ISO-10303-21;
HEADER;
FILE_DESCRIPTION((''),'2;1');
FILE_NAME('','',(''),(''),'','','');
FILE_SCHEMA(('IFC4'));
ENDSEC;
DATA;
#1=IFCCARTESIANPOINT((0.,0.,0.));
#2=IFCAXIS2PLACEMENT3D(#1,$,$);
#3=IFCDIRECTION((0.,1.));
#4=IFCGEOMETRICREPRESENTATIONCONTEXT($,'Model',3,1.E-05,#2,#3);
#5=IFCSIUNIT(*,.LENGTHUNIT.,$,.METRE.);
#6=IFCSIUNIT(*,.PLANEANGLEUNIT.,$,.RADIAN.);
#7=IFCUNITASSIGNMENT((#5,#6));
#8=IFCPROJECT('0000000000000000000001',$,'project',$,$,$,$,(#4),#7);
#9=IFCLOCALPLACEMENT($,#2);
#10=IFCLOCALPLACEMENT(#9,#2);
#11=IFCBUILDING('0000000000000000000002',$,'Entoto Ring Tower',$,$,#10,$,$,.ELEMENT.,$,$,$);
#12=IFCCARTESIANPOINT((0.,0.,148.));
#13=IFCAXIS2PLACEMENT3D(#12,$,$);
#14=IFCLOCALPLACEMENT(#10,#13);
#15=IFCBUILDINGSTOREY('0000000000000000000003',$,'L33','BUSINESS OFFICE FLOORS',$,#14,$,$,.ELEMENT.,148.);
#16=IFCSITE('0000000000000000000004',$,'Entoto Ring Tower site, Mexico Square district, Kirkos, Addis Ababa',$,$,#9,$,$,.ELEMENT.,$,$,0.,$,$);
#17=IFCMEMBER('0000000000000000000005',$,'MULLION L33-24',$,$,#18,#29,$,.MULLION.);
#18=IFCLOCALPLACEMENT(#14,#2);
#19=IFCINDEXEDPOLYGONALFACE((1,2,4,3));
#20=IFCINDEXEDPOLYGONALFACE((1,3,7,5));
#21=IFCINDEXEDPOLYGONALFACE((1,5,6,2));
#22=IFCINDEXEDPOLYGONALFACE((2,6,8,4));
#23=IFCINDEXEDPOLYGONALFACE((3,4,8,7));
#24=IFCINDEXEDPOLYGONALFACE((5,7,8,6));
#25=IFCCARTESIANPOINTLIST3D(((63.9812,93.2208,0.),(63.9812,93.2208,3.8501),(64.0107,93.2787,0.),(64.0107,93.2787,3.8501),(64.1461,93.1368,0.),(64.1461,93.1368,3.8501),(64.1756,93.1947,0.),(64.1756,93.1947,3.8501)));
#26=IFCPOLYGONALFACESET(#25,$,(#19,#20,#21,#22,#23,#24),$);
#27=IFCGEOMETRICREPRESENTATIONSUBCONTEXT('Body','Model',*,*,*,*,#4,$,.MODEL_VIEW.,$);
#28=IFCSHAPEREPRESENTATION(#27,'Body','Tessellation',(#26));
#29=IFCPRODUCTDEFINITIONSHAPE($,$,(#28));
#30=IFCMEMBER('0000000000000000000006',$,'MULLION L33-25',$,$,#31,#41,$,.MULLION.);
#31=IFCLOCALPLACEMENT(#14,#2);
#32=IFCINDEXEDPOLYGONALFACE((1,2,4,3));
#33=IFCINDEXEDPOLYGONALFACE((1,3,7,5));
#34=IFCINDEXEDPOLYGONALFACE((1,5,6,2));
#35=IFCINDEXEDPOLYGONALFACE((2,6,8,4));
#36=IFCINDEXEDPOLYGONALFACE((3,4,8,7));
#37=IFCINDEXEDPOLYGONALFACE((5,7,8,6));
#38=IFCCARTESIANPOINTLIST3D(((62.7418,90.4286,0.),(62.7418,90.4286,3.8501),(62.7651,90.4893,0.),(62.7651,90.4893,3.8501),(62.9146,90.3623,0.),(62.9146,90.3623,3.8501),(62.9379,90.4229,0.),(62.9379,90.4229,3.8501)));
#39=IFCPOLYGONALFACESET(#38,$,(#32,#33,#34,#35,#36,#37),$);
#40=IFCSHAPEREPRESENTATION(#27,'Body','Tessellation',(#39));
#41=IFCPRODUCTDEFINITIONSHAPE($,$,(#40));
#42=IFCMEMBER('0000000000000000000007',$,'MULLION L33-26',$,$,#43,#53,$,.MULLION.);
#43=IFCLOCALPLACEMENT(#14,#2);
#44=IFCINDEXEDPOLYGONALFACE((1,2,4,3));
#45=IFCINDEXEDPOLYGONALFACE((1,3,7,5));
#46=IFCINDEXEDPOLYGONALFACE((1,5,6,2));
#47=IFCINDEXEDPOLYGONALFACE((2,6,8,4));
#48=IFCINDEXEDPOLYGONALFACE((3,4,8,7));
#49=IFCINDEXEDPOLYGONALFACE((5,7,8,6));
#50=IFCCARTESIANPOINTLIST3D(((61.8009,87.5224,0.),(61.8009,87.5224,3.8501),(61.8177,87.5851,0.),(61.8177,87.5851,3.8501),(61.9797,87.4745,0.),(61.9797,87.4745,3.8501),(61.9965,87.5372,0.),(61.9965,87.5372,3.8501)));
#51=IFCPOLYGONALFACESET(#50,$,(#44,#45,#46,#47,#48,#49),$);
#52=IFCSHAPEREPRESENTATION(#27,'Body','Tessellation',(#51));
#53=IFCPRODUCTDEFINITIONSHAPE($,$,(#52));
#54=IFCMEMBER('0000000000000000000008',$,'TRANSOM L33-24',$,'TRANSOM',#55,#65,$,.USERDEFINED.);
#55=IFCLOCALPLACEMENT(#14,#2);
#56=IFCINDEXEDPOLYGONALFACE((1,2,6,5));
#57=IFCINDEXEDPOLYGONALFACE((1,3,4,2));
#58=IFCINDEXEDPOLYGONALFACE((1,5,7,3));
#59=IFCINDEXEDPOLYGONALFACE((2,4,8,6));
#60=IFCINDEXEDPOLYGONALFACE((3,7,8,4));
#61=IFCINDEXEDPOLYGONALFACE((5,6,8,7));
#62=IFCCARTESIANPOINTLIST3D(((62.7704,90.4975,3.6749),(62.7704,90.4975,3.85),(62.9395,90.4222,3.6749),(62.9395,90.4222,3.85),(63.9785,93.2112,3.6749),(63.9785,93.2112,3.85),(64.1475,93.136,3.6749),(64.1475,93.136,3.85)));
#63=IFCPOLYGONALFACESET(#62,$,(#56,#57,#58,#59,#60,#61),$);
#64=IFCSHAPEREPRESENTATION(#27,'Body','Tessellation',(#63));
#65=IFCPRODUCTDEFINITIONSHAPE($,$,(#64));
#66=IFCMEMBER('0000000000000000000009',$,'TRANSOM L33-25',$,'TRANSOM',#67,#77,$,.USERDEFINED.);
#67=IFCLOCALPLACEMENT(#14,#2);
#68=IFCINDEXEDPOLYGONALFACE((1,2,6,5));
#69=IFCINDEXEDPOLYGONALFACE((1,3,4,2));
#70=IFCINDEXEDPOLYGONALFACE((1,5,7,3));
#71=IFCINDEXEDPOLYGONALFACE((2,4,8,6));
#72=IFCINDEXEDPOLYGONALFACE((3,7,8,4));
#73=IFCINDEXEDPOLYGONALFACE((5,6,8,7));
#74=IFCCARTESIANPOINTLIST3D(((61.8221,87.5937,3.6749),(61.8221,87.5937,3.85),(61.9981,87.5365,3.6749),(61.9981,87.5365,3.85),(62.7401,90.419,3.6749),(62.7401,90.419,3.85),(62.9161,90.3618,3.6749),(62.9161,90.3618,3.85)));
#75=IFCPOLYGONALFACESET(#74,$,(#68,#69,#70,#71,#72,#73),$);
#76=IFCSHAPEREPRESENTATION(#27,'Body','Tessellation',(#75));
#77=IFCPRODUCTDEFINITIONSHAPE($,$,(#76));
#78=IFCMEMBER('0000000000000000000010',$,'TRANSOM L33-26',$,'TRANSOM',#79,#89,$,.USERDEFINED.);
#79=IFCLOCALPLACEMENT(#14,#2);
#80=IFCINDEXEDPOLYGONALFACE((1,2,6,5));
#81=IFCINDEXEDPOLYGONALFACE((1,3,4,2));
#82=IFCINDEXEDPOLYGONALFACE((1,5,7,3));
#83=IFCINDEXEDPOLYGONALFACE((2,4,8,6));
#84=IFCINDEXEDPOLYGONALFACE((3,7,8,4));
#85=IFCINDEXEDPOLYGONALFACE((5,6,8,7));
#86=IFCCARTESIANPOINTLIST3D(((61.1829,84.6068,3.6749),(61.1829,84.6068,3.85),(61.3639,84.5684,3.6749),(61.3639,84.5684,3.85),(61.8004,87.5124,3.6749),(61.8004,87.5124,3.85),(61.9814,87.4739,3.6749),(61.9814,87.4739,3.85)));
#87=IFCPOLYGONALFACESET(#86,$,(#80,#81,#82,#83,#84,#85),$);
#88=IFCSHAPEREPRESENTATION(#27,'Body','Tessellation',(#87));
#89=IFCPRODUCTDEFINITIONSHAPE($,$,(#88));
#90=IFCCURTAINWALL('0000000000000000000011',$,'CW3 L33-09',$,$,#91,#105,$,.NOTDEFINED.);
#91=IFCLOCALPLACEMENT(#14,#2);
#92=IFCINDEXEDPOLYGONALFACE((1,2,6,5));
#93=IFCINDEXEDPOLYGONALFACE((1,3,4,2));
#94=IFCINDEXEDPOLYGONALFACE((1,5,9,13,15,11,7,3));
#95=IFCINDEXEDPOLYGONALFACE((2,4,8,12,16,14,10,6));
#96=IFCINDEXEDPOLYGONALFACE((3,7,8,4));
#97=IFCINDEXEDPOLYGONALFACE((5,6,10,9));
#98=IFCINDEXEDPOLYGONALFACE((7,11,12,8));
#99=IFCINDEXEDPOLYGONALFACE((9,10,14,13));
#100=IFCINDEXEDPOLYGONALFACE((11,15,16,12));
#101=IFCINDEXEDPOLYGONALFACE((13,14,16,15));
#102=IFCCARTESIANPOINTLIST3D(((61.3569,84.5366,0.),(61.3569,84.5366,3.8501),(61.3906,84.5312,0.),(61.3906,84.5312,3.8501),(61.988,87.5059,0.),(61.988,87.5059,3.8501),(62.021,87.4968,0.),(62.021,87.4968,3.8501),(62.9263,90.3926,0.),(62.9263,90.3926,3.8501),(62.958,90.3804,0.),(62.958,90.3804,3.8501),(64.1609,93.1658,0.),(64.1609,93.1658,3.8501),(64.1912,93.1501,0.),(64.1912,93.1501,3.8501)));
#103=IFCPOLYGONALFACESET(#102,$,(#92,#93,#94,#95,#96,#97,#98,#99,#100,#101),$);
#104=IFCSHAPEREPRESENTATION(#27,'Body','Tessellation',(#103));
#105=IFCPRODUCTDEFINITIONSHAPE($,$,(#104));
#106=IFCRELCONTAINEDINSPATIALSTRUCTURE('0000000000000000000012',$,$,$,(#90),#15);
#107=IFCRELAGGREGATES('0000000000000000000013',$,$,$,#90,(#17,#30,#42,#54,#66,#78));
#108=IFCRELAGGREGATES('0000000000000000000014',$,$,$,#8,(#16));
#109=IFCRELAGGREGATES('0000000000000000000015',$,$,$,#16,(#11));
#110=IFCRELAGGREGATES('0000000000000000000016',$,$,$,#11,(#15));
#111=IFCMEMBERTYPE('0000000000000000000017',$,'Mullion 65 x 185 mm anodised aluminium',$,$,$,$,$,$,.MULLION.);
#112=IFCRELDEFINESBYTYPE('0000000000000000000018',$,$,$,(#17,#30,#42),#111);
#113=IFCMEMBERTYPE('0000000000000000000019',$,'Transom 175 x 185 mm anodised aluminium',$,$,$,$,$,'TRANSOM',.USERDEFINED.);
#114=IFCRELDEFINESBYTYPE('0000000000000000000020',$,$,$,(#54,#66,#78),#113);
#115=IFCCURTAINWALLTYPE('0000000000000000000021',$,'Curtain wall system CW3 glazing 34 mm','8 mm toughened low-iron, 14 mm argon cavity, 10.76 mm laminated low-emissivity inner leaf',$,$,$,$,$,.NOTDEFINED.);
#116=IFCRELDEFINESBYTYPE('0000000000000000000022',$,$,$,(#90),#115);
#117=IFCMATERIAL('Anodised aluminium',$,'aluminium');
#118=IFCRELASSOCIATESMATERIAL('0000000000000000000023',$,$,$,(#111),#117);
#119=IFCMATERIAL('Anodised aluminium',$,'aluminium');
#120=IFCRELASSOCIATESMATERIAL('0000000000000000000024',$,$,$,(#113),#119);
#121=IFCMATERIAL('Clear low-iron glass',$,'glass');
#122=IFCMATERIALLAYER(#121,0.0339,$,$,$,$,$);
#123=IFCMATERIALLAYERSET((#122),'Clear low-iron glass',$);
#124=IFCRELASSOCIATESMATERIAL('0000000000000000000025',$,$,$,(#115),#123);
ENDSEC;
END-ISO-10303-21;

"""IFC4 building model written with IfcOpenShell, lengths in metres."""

from ifc_helpers import new_model, si_unit, direction, frame, origin, origin_2d, place, context, subcontext, project, spatial, polyline, rectangle, outline, extrude, material, layer, layer_set, material_profile, profile_set, type_object, element, aggregate, save


model = new_model("IFC4")

# Units and contexts
model_context = context("Model", 3, precision=1e-05, world=origin(), true_north=direction((0.0, 1.0)))
body_context = subcontext(model_context, "Body", "Model", "MODEL_VIEW")
ifc_project = project(units=[si_unit("LENGTHUNIT", "METRE"), si_unit("PLANEANGLEUNIT", "RADIAN")], contexts=[model_context])

# Members
ifc_material_1 = material(Name="Anodised aluminium", Category="aluminium")
ifc_material_profile_1 = material_profile(ifc_material_1, rectangle(XDim=0.0649, YDim=0.1851, at=origin_2d()), Name="Mullion 65 x 185 mm anodised aluminium")
ifc_profile_set_1 = profile_set([ifc_material_profile_1], Name="Anodised aluminium")
member_type_1 = type_object("IfcMemberType", Name="Mullion 65 x 185 mm anodised aluminium", PredefinedType="MULLION", material=ifc_profile_set_1)
site_placement = place(None, origin())
building_placement = place(site_placement, origin())
storey_placement = place(building_placement, frame((0.0, 0.0, 148.0)))
member_1_placement = place(storey_placement, frame((64.0784, 93.2078, 0.0), z_axis=(0.0, 0.0, 1.0), x_axis=(-0.45399, -0.891007, 0.0)))
member_1 = element("IfcMember", 1, at=member_1_placement, type_object=member_type_1, Name="MULLION L33-24", PredefinedType="MULLION", context=body_context, shape_type="SweptSolid", body=[
    extrude(rectangle(XDim=0.0649, YDim=0.1851, at=origin_2d()), origin(), (0.0, 0.0, 1.0), 3.8501),
])
member_2_placement = place(storey_placement, frame((62.8398, 90.4258, 0.0), z_axis=(0.0, 0.0, 1.0), x_axis=(-0.358368, -0.93358, 0.0)))
member_2 = element("IfcMember", 2, at=member_2_placement, type_object=member_type_1, Name="MULLION L33-25", PredefinedType="MULLION", context=body_context, shape_type="SweptSolid", body=[
    extrude(rectangle(XDim=0.0649, YDim=0.1851, at=origin_2d()), origin(), (0.0, 0.0, 1.0), 3.8501),
])
member_3_placement = place(storey_placement, frame((61.8987, 87.5298, 0.0), z_axis=(0.0, 0.0, 1.0), x_axis=(-0.258819, -0.965926, 0.0)))
member_3 = element("IfcMember", 3, at=member_3_placement, type_object=member_type_1, Name="MULLION L33-26", PredefinedType="MULLION", context=body_context, shape_type="SweptSolid", body=[
    extrude(rectangle(XDim=0.0649, YDim=0.1851, at=origin_2d()), origin(), (0.0, 0.0, 1.0), 3.8501),
])
ifc_material_2 = material(Name="Anodised aluminium", Category="aluminium")
ifc_material_profile_2 = material_profile(ifc_material_2, rectangle(XDim=0.1851, YDim=0.175, at=origin_2d()), Name="Transom 175 x 185 mm anodised aluminium")
ifc_profile_set_2 = profile_set([ifc_material_profile_2], Name="Anodised aluminium")
member_type_2 = type_object("IfcMemberType", Name="Transom 175 x 185 mm anodised aluminium", ElementType="TRANSOM", PredefinedType="USERDEFINED", material=ifc_profile_set_2)
member_4_placement = place(storey_placement, frame((64.063, 93.1736, 3.7625), z_axis=(-0.406687, -0.913567, 0.0), x_axis=(0.913567, -0.406687, 0.0)))
member_4 = element("IfcMember", 4, at=member_4_placement, type_object=member_type_2, Name="TRANSOM L33-24", ObjectType="TRANSOM", PredefinedType="USERDEFINED", context=body_context, shape_type="SweptSolid", body=[
    extrude(rectangle(XDim=0.1851, YDim=0.175, at=origin_2d()), origin(), (0.0, 0.0, 1.0), 2.9705),
])
member_5_placement = place(storey_placement, frame((62.8281, 90.3904, 3.7625), z_axis=(-0.309019, -0.951056, 0.0), x_axis=(0.951056, -0.309019, 0.0)))
member_5 = element("IfcMember", 5, at=member_5_placement, type_object=member_type_2, Name="TRANSOM L33-25", ObjectType="TRANSOM", PredefinedType="USERDEFINED", context=body_context, shape_type="SweptSolid", body=[
    extrude(rectangle(XDim=0.1851, YDim=0.175, at=origin_2d()), origin(), (0.0, 0.0, 1.0), 2.9707),
])
member_6_placement = place(storey_placement, frame((61.8909, 87.4932, 3.7625), z_axis=(-0.207862, -0.978158, 0.0), x_axis=(0.978158, -0.207862, 0.0)))
member_6 = element("IfcMember", 6, at=member_6_placement, type_object=member_type_2, Name="TRANSOM L33-26", ObjectType="TRANSOM", PredefinedType="USERDEFINED", context=body_context, shape_type="SweptSolid", body=[
    extrude(rectangle(XDim=0.1851, YDim=0.175, at=origin_2d()), origin(), (0.0, 0.0, 1.0), 2.9705),
])

# Site, building, storey
site = spatial("IfcSite", under=ifc_project, at=site_placement, Name="Entoto Ring Tower site, Mexico Square district, Kirkos, Addis Ababa", CompositionType="ELEMENT", RefElevation=0.0)
building = spatial("IfcBuilding", under=site, at=building_placement, Name="Entoto Ring Tower", CompositionType="ELEMENT")
storey = spatial("IfcBuildingStorey", under=building, at=storey_placement, Name="L33", Description="BUSINESS OFFICE FLOORS", CompositionType="ELEMENT", Elevation=148.0)

# Curtain wall
ifc_material_3 = material(Name="Clear low-iron glass", Category="glass")
ifc_layer = layer(ifc_material_3, 0.0339)
ifc_layer_set = layer_set([ifc_layer], Name="Clear low-iron glass")
curtain_wall_type = type_object("IfcCurtainWallType", Name="Curtain wall system CW3 glazing 34 mm", Description="8 mm toughened low-iron, 14 mm argon cavity, 10.76 mm laminated low-emissivity inner leaf", PredefinedType="NOTDEFINED", material=ifc_layer_set)
curtain_wall_1_placement = place(storey_placement, origin())
curtain_wall_1 = element("IfcCurtainWall", 7, at=curtain_wall_1_placement, inside=storey, type_object=curtain_wall_type, Name="CW3 L33-09", PredefinedType="NOTDEFINED", context=body_context, shape_type="SweptSolid", body=[
    extrude(outline(polyline([(64.1609, 93.1658), (62.9263, 90.3926), (61.988, 87.5059), (61.3569, 84.5366), (61.3906, 84.5312), (62.021, 87.4968), (62.958, 90.3804), (64.1912, 93.1501), (64.1609, 93.1658)])), origin(), (0.0, 0.0, 1.0), 3.8501),
])
aggregate(curtain_wall_1, [member_1, member_2, member_3, member_4, member_5, member_6])

save(model, "model.ifc")
